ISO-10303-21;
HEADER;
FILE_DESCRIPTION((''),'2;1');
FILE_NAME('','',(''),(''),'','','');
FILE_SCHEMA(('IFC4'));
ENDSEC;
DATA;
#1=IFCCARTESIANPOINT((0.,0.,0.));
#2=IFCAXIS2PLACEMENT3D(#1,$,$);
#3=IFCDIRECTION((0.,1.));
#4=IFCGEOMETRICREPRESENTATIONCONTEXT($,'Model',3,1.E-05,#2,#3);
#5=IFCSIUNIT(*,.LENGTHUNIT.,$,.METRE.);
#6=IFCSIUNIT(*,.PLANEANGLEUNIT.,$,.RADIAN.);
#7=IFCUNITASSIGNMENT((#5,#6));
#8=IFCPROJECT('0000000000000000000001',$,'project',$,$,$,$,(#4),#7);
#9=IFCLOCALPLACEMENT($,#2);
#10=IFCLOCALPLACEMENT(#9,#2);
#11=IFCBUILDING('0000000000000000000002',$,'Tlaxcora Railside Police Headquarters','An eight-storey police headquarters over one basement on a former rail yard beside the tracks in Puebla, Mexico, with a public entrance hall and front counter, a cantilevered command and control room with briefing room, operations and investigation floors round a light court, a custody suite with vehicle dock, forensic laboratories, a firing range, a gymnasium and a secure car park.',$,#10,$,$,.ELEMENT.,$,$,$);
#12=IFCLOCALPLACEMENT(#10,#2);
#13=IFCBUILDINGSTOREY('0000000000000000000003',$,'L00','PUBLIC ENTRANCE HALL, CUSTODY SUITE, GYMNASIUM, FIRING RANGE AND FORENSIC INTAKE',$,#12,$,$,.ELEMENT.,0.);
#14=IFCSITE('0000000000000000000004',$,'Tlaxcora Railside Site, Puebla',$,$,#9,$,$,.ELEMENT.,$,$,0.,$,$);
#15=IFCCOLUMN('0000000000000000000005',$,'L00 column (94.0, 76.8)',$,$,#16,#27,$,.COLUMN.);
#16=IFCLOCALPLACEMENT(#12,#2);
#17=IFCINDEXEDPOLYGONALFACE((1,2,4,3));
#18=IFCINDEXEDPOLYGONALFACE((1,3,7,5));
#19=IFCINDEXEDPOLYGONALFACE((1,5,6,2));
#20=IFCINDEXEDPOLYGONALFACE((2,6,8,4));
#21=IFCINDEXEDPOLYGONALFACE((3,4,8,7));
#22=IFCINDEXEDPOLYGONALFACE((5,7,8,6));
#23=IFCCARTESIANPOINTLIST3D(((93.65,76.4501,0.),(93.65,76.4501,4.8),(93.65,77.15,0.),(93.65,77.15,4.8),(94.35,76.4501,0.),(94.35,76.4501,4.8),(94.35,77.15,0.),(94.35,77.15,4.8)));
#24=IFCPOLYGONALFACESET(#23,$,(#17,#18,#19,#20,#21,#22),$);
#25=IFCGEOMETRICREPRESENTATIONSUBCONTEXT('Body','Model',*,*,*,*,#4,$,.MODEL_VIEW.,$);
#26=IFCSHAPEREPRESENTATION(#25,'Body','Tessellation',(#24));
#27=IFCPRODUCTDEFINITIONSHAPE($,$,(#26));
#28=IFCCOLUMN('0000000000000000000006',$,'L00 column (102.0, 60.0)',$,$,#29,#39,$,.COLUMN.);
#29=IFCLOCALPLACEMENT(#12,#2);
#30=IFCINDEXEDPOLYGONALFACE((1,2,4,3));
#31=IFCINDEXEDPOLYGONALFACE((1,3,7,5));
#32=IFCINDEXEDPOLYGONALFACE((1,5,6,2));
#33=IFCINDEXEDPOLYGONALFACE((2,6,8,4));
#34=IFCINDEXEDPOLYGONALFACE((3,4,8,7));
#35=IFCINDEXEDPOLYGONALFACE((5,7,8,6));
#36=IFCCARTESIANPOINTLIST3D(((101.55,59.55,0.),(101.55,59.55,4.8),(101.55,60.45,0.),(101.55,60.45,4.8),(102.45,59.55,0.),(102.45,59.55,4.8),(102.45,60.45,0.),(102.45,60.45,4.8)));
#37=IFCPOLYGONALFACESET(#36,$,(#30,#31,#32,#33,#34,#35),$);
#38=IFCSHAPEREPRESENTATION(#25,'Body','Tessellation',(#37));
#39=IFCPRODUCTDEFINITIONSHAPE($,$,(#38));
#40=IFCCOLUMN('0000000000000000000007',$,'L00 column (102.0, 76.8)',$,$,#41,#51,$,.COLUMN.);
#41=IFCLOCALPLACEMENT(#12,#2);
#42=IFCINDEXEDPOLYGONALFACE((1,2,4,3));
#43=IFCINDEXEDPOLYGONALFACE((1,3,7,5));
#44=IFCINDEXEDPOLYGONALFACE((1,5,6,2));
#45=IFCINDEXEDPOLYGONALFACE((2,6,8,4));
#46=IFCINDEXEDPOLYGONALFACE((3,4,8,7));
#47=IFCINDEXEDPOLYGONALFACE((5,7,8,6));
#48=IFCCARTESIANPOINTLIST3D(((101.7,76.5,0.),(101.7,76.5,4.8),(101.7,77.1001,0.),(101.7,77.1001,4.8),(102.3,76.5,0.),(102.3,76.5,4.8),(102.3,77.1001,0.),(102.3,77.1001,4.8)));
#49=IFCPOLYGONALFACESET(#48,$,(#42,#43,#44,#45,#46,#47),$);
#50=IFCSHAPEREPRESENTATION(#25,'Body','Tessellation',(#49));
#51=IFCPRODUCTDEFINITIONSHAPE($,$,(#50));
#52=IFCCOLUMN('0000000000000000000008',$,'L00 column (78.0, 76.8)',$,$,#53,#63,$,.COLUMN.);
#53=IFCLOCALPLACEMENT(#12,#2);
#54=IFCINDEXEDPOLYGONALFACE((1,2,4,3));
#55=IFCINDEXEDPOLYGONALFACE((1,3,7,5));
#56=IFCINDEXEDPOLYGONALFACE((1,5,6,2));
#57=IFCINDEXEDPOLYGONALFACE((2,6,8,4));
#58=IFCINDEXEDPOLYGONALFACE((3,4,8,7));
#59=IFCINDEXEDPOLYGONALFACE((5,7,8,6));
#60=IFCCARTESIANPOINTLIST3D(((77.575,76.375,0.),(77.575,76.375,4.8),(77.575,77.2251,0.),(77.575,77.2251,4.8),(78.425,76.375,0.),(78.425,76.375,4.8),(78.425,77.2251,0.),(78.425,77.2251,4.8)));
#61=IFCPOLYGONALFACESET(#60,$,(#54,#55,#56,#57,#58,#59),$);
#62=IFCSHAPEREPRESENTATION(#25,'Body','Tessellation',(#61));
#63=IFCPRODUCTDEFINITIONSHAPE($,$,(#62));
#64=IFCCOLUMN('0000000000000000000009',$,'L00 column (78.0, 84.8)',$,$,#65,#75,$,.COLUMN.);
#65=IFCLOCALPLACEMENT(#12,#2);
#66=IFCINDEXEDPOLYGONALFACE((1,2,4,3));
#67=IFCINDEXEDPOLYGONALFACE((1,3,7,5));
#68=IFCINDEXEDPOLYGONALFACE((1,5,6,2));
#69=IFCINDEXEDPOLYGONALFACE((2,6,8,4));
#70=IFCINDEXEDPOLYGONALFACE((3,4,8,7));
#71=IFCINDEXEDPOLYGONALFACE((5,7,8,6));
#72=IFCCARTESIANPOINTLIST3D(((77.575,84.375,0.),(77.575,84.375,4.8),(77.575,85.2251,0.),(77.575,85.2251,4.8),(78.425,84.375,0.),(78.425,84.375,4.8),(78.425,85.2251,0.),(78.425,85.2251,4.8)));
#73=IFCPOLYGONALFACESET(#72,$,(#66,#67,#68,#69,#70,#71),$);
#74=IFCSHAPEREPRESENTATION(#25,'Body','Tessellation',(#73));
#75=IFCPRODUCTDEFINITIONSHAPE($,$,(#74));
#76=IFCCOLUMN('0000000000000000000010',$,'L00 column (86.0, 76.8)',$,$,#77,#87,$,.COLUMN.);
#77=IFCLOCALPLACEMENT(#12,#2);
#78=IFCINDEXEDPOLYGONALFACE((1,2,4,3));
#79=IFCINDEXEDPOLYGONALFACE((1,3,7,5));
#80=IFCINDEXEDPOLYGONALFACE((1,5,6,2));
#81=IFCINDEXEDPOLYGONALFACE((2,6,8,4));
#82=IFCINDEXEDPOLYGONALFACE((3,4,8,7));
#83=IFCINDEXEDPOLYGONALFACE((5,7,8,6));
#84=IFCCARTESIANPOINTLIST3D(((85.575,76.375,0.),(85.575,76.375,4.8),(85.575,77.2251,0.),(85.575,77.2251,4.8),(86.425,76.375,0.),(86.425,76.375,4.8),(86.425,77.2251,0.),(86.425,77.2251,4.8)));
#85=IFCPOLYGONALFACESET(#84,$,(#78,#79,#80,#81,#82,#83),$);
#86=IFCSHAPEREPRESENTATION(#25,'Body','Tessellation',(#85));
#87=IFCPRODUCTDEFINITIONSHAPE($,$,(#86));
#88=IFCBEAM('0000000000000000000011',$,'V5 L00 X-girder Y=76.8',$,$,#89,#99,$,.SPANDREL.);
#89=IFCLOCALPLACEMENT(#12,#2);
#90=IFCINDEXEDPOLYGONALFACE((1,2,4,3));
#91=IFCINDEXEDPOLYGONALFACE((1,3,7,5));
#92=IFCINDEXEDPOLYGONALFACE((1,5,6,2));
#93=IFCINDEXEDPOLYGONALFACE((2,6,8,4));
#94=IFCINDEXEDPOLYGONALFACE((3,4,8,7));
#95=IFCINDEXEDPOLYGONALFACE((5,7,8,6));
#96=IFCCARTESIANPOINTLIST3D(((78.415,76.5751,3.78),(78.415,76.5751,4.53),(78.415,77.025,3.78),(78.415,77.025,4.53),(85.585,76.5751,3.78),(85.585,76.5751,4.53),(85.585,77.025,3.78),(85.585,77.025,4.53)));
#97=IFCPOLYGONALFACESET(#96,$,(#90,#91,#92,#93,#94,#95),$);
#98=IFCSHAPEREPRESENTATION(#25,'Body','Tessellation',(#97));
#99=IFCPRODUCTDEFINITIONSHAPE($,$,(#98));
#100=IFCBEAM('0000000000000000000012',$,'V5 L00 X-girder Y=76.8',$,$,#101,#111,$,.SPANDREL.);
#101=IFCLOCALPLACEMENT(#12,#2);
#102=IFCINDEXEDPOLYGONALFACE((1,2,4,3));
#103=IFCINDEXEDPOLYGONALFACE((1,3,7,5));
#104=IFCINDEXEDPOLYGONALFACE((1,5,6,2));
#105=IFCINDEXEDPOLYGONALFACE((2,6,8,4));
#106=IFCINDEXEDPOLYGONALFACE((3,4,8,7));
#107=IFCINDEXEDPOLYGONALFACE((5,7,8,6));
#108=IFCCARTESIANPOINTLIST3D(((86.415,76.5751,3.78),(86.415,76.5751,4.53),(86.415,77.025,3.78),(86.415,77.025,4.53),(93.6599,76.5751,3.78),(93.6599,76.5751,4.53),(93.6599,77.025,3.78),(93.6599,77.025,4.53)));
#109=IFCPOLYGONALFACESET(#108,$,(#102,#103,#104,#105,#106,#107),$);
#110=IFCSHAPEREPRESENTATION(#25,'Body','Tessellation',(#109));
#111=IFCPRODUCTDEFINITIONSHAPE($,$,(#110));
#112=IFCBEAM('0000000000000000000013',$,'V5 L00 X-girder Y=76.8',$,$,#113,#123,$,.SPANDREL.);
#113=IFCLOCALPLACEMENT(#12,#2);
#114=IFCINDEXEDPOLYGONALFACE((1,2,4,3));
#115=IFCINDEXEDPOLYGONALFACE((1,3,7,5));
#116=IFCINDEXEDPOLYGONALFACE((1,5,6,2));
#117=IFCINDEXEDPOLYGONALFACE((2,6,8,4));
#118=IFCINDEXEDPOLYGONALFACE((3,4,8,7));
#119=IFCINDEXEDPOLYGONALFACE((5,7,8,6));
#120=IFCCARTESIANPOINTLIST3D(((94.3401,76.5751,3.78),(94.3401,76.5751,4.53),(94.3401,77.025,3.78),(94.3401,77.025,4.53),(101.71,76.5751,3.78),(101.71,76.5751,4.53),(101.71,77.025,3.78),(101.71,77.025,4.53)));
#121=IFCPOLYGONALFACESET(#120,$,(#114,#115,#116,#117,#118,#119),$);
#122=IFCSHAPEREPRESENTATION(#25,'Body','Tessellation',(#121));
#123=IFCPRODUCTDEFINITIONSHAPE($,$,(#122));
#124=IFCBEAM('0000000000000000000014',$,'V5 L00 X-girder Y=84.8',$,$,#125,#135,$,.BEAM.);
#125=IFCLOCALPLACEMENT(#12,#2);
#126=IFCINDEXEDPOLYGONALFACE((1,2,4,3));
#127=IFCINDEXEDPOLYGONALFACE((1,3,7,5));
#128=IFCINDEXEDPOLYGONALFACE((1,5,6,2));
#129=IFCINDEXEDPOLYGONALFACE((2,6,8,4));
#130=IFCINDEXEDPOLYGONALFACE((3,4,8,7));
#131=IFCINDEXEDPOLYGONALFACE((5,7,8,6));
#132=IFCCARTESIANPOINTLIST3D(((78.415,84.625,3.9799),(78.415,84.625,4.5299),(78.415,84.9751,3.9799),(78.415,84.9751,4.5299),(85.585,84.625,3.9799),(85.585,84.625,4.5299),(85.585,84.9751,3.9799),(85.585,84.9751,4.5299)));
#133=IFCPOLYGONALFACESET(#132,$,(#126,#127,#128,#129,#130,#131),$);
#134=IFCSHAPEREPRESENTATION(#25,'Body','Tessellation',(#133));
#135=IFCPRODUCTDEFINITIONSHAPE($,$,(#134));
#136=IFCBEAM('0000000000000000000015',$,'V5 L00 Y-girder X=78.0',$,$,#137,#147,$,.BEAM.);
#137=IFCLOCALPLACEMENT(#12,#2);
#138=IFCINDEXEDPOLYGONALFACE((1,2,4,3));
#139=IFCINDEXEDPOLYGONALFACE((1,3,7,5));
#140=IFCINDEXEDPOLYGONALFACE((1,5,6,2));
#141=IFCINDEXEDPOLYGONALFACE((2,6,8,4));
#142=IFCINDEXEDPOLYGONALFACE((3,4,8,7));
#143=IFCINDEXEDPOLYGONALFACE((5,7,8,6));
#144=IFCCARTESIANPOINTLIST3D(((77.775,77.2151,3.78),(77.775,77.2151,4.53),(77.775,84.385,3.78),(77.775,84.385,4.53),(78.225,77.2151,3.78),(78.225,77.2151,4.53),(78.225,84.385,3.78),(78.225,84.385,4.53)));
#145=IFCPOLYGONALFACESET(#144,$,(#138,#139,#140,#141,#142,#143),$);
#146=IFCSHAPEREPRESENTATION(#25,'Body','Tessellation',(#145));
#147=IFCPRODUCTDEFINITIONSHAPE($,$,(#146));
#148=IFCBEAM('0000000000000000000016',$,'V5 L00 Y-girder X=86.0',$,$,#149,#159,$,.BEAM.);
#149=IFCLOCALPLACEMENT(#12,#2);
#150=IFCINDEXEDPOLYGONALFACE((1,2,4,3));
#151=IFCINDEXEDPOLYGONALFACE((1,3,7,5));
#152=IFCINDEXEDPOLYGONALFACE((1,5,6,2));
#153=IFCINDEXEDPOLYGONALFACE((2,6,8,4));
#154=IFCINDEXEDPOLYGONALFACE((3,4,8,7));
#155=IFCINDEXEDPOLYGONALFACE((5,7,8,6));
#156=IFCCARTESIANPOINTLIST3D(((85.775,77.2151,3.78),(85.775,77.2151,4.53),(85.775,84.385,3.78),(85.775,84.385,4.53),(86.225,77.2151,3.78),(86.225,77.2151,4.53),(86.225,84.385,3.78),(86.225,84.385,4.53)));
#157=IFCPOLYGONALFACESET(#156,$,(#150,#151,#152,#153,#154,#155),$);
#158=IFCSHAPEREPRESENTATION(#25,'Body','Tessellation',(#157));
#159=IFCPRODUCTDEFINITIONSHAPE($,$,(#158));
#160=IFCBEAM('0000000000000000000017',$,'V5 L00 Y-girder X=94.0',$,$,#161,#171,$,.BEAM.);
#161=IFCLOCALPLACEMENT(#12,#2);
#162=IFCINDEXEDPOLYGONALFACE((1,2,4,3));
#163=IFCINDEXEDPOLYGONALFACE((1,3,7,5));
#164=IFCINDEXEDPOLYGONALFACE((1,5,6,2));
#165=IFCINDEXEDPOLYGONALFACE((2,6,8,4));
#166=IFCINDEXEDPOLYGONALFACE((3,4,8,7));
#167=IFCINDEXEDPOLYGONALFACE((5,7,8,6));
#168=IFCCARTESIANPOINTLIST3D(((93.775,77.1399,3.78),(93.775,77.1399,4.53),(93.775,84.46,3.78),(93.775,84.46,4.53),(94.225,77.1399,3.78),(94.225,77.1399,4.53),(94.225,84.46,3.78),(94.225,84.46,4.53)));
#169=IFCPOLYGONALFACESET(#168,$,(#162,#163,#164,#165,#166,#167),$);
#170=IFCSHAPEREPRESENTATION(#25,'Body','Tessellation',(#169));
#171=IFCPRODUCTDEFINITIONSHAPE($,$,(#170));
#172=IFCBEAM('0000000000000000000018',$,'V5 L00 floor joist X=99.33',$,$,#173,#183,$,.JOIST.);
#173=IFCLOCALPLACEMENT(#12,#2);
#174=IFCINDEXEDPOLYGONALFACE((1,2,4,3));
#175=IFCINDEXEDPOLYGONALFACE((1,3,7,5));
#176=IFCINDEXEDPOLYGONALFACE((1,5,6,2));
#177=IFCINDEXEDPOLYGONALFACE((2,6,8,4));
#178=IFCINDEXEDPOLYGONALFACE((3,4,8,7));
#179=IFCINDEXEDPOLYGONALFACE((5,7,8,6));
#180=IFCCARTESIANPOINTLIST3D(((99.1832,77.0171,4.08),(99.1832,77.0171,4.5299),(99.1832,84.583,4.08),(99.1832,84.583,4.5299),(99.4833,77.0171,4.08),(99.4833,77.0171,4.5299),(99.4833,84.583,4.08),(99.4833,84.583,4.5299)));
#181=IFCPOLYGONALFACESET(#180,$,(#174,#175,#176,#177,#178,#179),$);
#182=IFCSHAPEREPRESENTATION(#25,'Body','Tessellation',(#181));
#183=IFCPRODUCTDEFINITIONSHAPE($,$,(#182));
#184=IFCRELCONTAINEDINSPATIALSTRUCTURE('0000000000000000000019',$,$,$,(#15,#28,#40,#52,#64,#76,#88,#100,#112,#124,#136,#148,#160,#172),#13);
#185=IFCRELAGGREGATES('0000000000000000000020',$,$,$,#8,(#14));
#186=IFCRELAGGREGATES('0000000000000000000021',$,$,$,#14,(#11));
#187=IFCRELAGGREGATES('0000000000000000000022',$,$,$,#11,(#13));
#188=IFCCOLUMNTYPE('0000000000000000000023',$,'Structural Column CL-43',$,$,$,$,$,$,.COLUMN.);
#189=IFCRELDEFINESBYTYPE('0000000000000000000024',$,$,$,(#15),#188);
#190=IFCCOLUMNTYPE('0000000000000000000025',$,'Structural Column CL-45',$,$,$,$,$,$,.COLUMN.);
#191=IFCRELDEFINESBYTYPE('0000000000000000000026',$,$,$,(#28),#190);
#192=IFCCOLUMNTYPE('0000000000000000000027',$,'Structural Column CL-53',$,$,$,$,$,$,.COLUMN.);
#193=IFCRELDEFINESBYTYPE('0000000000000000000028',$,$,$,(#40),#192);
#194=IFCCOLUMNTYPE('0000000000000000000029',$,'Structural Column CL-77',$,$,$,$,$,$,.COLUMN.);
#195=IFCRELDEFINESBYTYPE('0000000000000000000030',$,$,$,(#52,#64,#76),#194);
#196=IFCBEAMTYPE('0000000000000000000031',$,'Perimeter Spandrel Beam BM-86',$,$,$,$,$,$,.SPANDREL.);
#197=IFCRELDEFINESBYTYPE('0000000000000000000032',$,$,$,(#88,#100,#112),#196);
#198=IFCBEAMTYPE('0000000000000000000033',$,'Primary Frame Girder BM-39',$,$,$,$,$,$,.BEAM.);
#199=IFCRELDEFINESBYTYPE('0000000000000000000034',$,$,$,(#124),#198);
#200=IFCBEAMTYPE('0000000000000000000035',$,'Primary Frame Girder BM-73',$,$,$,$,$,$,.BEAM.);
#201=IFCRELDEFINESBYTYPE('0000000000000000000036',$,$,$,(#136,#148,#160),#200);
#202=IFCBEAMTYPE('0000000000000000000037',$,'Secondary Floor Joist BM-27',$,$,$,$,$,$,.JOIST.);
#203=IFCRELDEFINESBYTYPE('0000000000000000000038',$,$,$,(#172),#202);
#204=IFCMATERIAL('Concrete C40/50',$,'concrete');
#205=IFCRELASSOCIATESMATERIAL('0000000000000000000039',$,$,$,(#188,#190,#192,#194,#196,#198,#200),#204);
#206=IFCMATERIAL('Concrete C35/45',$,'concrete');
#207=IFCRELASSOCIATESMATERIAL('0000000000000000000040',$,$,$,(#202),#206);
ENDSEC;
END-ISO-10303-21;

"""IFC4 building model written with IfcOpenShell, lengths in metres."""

from ifc_helpers import new_model, si_unit, direction, frame, origin, origin_2d, place, context, subcontext, project, spatial, rectangle, extrude, material, material_profile, profile_set, type_object, element, save


model = new_model("IFC4")

# Units and contexts
model_context = context("Model", 3, precision=1e-05, world=origin(), true_north=direction((0.0, 1.0)))
body_context = subcontext(model_context, "Body", "Model", "MODEL_VIEW")
ifc_project = project(units=[si_unit("LENGTHUNIT", "METRE"), si_unit("PLANEANGLEUNIT", "RADIAN")], contexts=[model_context])

# Site, building, storey
site_placement = place(None, origin())
site = spatial("IfcSite", under=ifc_project, at=site_placement, Name="Tlaxcora Railside Site, Puebla", CompositionType="ELEMENT", RefElevation=0.0)
building_placement = place(site_placement, origin())
building = spatial("IfcBuilding", under=site, at=building_placement, Name="Tlaxcora Railside Police Headquarters", Description="An eight-storey police headquarters over one basement on a former rail yard beside the tracks in Puebla, Mexico, with a public entrance hall and front counter, a cantilevered command and control room with briefing room, operations and investigation floors round a light court, a custody suite with vehicle dock, forensic laboratories, a firing range, a gymnasium and a secure car park.", CompositionType="ELEMENT")
storey_placement = place(building_placement, origin())
storey = spatial("IfcBuildingStorey", under=building, at=storey_placement, Name="L00", Description="PUBLIC ENTRANCE HALL, CUSTODY SUITE, GYMNASIUM, FIRING RANGE AND FORENSIC INTAKE", CompositionType="ELEMENT", Elevation=0.0)

# Columns
ifc_material_1 = material(Name="Concrete C40/50", Category="concrete")
ifc_material_profile_1 = material_profile(ifc_material_1, rectangle(XDim=0.7, YDim=0.7, at=origin_2d()), Name="RC700X700")
ifc_profile_set_1 = profile_set([ifc_material_profile_1], Name="Concrete C40/50")
column_type_1 = type_object("IfcColumnType", Name="Structural Column CL-43", PredefinedType="COLUMN", material=ifc_profile_set_1)
column_1_placement = place(storey_placement, frame((94.0, 76.8, 0.0), z_axis=(0.0, 0.0, 1.0), x_axis=(1.0, 0.0, 0.0)))
element("IfcColumn", 1, at=column_1_placement, inside=storey, type_object=column_type_1, Name="L00 column (94.0, 76.8)", PredefinedType="COLUMN", context=body_context, shape_type="SweptSolid", body=[
    extrude(rectangle(XDim=0.7, YDim=0.7, at=origin_2d()), origin(), (0.0, 0.0, 1.0), 4.8),
])
ifc_material_profile_2 = material_profile(ifc_material_1, rectangle(XDim=0.8999, YDim=0.8999, at=origin_2d()), Name="RC900X900")
ifc_profile_set_2 = profile_set([ifc_material_profile_2], Name="Concrete C40/50")
column_type_2 = type_object("IfcColumnType", Name="Structural Column CL-45", PredefinedType="COLUMN", material=ifc_profile_set_2)
column_2_placement = place(storey_placement, frame((102.0, 60.0, 0.0), z_axis=(0.0, 0.0, 1.0), x_axis=(1.0, 0.0, 0.0)))
element("IfcColumn", 2, at=column_2_placement, inside=storey, type_object=column_type_2, Name="L00 column (102.0, 60.0)", PredefinedType="COLUMN", context=body_context, shape_type="SweptSolid", body=[
    extrude(rectangle(XDim=0.8999, YDim=0.8999, at=origin_2d()), origin(), (0.0, 0.0, 1.0), 4.8),
])
ifc_material_profile_3 = material_profile(ifc_material_1, rectangle(XDim=0.6001, YDim=0.6001, at=origin_2d()), Name="RC600X600")
ifc_profile_set_3 = profile_set([ifc_material_profile_3], Name="Concrete C40/50")
column_type_3 = type_object("IfcColumnType", Name="Structural Column CL-53", PredefinedType="COLUMN", material=ifc_profile_set_3)
column_3_placement = place(storey_placement, frame((102.0, 76.8, 0.0), z_axis=(0.0, 0.0, 1.0), x_axis=(1.0, 0.0, 0.0)))
element("IfcColumn", 3, at=column_3_placement, inside=storey, type_object=column_type_3, Name="L00 column (102.0, 76.8)", PredefinedType="COLUMN", context=body_context, shape_type="SweptSolid", body=[
    extrude(rectangle(XDim=0.6001, YDim=0.6001, at=origin_2d()), origin(), (0.0, 0.0, 1.0), 4.8),
])
ifc_material_profile_4 = material_profile(ifc_material_1, rectangle(XDim=0.8501, YDim=0.8501, at=origin_2d()), Name="RC850X850")
ifc_profile_set_4 = profile_set([ifc_material_profile_4], Name="Concrete C40/50")
column_type_4 = type_object("IfcColumnType", Name="Structural Column CL-77", PredefinedType="COLUMN", material=ifc_profile_set_4)
for number, where, z_axis, x_axis, name in (
    (4, (78.0, 76.8, 0.0), (0.0, 0.0, 1.0), (1.0, 0.0, 0.0), "L00 column (78.0, 76.8)"),
    (5, (78.0, 84.8, 0.0), (0.0, 0.0, 1.0), (1.0, 0.0, 0.0), "L00 column (78.0, 84.8)"),
    (6, (86.0, 76.8, 0.0), (0.0, 0.0, 1.0), (1.0, 0.0, 0.0), "L00 column (86.0, 76.8)"),
):
    element("IfcColumn", number, at=place(storey_placement, frame(where, z_axis=z_axis, x_axis=x_axis)), inside=storey, type_object=column_type_4, Name=name, PredefinedType="COLUMN", context=body_context, shape_type="SweptSolid", body=[
        extrude(rectangle(XDim=0.8501, YDim=0.8501, at=origin_2d()), origin(), (0.0, 0.0, 1.0), 4.8),
    ])

# Beams
ifc_material_profile_5 = material_profile(ifc_material_1, rectangle(XDim=0.45, YDim=0.75, at=origin_2d()), Name="RC450X750")
ifc_profile_set_5 = profile_set([ifc_material_profile_5], Name="Concrete C40/50")
beam_type_1 = type_object("IfcBeamType", Name="Perimeter Spandrel Beam BM-86", PredefinedType="SPANDREL", material=ifc_profile_set_5)
beam_1_placement = place(storey_placement, frame((78.415, 76.8, 4.155), z_axis=(1.0, 0.0, 0.0), x_axis=(0.0, 1.0, 0.0)))
element("IfcBeam", 7, at=beam_1_placement, inside=storey, type_object=beam_type_1, Name="V5 L00 X-girder Y=76.8", PredefinedType="SPANDREL", context=body_context, shape_type="SweptSolid", body=[
    extrude(rectangle(XDim=0.45, YDim=0.75, at=origin_2d()), origin(), (0.0, 0.0, 1.0), 7.1699),
])
beam_2_placement = place(storey_placement, frame((86.415, 76.8, 4.155), z_axis=(1.0, 0.0, 0.0), x_axis=(0.0, 1.0, 0.0)))
element("IfcBeam", 8, at=beam_2_placement, inside=storey, type_object=beam_type_1, Name="V5 L00 X-girder Y=76.8", PredefinedType="SPANDREL", context=body_context, shape_type="SweptSolid", body=[
    extrude(rectangle(XDim=0.45, YDim=0.75, at=origin_2d()), origin(), (0.0, 0.0, 1.0), 7.2449),
])
beam_3_placement = place(storey_placement, frame((94.3401, 76.8, 4.155), z_axis=(1.0, 0.0, 0.0), x_axis=(0.0, 1.0, 0.0)))
element("IfcBeam", 9, at=beam_3_placement, inside=storey, type_object=beam_type_1, Name="V5 L00 X-girder Y=76.8", PredefinedType="SPANDREL", context=body_context, shape_type="SweptSolid", body=[
    extrude(rectangle(XDim=0.45, YDim=0.75, at=origin_2d()), origin(), (0.0, 0.0, 1.0), 7.3699),
])
ifc_material_profile_6 = material_profile(ifc_material_1, rectangle(XDim=0.3501, YDim=0.55, at=origin_2d()), Name="RC350X550")
ifc_profile_set_6 = profile_set([ifc_material_profile_6], Name="Concrete C40/50")
beam_type_2 = type_object("IfcBeamType", Name="Primary Frame Girder BM-39", PredefinedType="BEAM", material=ifc_profile_set_6)
beam_4_placement = place(storey_placement, frame((78.415, 84.8, 4.2549), z_axis=(1.0, 0.0, 0.0), x_axis=(0.0, 1.0, 0.0)))
element("IfcBeam", 10, at=beam_4_placement, inside=storey, type_object=beam_type_2, Name="V5 L00 X-girder Y=84.8", PredefinedType="BEAM", context=body_context, shape_type="SweptSolid", body=[
    extrude(rectangle(XDim=0.3501, YDim=0.55, at=origin_2d()), origin(), (0.0, 0.0, 1.0), 7.1699),
])
ifc_material_profile_7 = material_profile(ifc_material_1, rectangle(XDim=0.45, YDim=0.75, at=origin_2d()), Name="RC450X750")
ifc_profile_set_7 = profile_set([ifc_material_profile_7], Name="Concrete C40/50")
beam_type_3 = type_object("IfcBeamType", Name="Primary Frame Girder BM-73", PredefinedType="BEAM", material=ifc_profile_set_7)
for number, where, z_axis, x_axis, name in (
    (11, (78.0, 77.2151, 4.155), (0.0, 1.0, 0.0), (-1.0, 0.0, 0.0), "V5 L00 Y-girder X=78.0"),
    (12, (86.0, 77.2151, 4.155), (0.0, 1.0, 0.0), (-1.0, 0.0, 0.0), "V5 L00 Y-girder X=86.0"),
):
    element("IfcBeam", number, at=place(storey_placement, frame(where, z_axis=z_axis, x_axis=x_axis)), inside=storey, type_object=beam_type_3, Name=name, PredefinedType="BEAM", context=body_context, shape_type="SweptSolid", body=[
        extrude(rectangle(XDim=0.45, YDim=0.75, at=origin_2d()), origin(), (0.0, 0.0, 1.0), 7.1699),
    ])
beam_5_placement = place(storey_placement, frame((94.0, 77.1399, 4.155), z_axis=(0.0, 1.0, 0.0), x_axis=(-1.0, 0.0, 0.0)))
element("IfcBeam", 13, at=beam_5_placement, inside=storey, type_object=beam_type_3, Name="V5 L00 Y-girder X=94.0", PredefinedType="BEAM", context=body_context, shape_type="SweptSolid", body=[
    extrude(rectangle(XDim=0.45, YDim=0.75, at=origin_2d()), origin(), (0.0, 0.0, 1.0), 7.3201),
])
ifc_material_2 = material(Name="Concrete C35/45", Category="concrete")
ifc_material_profile_8 = material_profile(ifc_material_2, rectangle(XDim=0.3, YDim=0.45, at=origin_2d()), Name="RC300X450")
ifc_profile_set_8 = profile_set([ifc_material_profile_8], Name="Concrete C35/45")
beam_type_4 = type_object("IfcBeamType", Name="Secondary Floor Joist BM-27", PredefinedType="JOIST", material=ifc_profile_set_8)
beam_6_placement = place(storey_placement, frame((99.3333, 77.0171, 4.3049), z_axis=(0.0, 1.0, 0.0), x_axis=(-1.0, 0.0, 0.0)))
element("IfcBeam", 14, at=beam_6_placement, inside=storey, type_object=beam_type_4, Name="V5 L00 floor joist X=99.33", PredefinedType="JOIST", context=body_context, shape_type="SweptSolid", body=[
    extrude(rectangle(XDim=0.3, YDim=0.45, at=origin_2d()), origin(), (0.0, 0.0, 1.0), 7.5659),
])

save(model, "model.ifc")
